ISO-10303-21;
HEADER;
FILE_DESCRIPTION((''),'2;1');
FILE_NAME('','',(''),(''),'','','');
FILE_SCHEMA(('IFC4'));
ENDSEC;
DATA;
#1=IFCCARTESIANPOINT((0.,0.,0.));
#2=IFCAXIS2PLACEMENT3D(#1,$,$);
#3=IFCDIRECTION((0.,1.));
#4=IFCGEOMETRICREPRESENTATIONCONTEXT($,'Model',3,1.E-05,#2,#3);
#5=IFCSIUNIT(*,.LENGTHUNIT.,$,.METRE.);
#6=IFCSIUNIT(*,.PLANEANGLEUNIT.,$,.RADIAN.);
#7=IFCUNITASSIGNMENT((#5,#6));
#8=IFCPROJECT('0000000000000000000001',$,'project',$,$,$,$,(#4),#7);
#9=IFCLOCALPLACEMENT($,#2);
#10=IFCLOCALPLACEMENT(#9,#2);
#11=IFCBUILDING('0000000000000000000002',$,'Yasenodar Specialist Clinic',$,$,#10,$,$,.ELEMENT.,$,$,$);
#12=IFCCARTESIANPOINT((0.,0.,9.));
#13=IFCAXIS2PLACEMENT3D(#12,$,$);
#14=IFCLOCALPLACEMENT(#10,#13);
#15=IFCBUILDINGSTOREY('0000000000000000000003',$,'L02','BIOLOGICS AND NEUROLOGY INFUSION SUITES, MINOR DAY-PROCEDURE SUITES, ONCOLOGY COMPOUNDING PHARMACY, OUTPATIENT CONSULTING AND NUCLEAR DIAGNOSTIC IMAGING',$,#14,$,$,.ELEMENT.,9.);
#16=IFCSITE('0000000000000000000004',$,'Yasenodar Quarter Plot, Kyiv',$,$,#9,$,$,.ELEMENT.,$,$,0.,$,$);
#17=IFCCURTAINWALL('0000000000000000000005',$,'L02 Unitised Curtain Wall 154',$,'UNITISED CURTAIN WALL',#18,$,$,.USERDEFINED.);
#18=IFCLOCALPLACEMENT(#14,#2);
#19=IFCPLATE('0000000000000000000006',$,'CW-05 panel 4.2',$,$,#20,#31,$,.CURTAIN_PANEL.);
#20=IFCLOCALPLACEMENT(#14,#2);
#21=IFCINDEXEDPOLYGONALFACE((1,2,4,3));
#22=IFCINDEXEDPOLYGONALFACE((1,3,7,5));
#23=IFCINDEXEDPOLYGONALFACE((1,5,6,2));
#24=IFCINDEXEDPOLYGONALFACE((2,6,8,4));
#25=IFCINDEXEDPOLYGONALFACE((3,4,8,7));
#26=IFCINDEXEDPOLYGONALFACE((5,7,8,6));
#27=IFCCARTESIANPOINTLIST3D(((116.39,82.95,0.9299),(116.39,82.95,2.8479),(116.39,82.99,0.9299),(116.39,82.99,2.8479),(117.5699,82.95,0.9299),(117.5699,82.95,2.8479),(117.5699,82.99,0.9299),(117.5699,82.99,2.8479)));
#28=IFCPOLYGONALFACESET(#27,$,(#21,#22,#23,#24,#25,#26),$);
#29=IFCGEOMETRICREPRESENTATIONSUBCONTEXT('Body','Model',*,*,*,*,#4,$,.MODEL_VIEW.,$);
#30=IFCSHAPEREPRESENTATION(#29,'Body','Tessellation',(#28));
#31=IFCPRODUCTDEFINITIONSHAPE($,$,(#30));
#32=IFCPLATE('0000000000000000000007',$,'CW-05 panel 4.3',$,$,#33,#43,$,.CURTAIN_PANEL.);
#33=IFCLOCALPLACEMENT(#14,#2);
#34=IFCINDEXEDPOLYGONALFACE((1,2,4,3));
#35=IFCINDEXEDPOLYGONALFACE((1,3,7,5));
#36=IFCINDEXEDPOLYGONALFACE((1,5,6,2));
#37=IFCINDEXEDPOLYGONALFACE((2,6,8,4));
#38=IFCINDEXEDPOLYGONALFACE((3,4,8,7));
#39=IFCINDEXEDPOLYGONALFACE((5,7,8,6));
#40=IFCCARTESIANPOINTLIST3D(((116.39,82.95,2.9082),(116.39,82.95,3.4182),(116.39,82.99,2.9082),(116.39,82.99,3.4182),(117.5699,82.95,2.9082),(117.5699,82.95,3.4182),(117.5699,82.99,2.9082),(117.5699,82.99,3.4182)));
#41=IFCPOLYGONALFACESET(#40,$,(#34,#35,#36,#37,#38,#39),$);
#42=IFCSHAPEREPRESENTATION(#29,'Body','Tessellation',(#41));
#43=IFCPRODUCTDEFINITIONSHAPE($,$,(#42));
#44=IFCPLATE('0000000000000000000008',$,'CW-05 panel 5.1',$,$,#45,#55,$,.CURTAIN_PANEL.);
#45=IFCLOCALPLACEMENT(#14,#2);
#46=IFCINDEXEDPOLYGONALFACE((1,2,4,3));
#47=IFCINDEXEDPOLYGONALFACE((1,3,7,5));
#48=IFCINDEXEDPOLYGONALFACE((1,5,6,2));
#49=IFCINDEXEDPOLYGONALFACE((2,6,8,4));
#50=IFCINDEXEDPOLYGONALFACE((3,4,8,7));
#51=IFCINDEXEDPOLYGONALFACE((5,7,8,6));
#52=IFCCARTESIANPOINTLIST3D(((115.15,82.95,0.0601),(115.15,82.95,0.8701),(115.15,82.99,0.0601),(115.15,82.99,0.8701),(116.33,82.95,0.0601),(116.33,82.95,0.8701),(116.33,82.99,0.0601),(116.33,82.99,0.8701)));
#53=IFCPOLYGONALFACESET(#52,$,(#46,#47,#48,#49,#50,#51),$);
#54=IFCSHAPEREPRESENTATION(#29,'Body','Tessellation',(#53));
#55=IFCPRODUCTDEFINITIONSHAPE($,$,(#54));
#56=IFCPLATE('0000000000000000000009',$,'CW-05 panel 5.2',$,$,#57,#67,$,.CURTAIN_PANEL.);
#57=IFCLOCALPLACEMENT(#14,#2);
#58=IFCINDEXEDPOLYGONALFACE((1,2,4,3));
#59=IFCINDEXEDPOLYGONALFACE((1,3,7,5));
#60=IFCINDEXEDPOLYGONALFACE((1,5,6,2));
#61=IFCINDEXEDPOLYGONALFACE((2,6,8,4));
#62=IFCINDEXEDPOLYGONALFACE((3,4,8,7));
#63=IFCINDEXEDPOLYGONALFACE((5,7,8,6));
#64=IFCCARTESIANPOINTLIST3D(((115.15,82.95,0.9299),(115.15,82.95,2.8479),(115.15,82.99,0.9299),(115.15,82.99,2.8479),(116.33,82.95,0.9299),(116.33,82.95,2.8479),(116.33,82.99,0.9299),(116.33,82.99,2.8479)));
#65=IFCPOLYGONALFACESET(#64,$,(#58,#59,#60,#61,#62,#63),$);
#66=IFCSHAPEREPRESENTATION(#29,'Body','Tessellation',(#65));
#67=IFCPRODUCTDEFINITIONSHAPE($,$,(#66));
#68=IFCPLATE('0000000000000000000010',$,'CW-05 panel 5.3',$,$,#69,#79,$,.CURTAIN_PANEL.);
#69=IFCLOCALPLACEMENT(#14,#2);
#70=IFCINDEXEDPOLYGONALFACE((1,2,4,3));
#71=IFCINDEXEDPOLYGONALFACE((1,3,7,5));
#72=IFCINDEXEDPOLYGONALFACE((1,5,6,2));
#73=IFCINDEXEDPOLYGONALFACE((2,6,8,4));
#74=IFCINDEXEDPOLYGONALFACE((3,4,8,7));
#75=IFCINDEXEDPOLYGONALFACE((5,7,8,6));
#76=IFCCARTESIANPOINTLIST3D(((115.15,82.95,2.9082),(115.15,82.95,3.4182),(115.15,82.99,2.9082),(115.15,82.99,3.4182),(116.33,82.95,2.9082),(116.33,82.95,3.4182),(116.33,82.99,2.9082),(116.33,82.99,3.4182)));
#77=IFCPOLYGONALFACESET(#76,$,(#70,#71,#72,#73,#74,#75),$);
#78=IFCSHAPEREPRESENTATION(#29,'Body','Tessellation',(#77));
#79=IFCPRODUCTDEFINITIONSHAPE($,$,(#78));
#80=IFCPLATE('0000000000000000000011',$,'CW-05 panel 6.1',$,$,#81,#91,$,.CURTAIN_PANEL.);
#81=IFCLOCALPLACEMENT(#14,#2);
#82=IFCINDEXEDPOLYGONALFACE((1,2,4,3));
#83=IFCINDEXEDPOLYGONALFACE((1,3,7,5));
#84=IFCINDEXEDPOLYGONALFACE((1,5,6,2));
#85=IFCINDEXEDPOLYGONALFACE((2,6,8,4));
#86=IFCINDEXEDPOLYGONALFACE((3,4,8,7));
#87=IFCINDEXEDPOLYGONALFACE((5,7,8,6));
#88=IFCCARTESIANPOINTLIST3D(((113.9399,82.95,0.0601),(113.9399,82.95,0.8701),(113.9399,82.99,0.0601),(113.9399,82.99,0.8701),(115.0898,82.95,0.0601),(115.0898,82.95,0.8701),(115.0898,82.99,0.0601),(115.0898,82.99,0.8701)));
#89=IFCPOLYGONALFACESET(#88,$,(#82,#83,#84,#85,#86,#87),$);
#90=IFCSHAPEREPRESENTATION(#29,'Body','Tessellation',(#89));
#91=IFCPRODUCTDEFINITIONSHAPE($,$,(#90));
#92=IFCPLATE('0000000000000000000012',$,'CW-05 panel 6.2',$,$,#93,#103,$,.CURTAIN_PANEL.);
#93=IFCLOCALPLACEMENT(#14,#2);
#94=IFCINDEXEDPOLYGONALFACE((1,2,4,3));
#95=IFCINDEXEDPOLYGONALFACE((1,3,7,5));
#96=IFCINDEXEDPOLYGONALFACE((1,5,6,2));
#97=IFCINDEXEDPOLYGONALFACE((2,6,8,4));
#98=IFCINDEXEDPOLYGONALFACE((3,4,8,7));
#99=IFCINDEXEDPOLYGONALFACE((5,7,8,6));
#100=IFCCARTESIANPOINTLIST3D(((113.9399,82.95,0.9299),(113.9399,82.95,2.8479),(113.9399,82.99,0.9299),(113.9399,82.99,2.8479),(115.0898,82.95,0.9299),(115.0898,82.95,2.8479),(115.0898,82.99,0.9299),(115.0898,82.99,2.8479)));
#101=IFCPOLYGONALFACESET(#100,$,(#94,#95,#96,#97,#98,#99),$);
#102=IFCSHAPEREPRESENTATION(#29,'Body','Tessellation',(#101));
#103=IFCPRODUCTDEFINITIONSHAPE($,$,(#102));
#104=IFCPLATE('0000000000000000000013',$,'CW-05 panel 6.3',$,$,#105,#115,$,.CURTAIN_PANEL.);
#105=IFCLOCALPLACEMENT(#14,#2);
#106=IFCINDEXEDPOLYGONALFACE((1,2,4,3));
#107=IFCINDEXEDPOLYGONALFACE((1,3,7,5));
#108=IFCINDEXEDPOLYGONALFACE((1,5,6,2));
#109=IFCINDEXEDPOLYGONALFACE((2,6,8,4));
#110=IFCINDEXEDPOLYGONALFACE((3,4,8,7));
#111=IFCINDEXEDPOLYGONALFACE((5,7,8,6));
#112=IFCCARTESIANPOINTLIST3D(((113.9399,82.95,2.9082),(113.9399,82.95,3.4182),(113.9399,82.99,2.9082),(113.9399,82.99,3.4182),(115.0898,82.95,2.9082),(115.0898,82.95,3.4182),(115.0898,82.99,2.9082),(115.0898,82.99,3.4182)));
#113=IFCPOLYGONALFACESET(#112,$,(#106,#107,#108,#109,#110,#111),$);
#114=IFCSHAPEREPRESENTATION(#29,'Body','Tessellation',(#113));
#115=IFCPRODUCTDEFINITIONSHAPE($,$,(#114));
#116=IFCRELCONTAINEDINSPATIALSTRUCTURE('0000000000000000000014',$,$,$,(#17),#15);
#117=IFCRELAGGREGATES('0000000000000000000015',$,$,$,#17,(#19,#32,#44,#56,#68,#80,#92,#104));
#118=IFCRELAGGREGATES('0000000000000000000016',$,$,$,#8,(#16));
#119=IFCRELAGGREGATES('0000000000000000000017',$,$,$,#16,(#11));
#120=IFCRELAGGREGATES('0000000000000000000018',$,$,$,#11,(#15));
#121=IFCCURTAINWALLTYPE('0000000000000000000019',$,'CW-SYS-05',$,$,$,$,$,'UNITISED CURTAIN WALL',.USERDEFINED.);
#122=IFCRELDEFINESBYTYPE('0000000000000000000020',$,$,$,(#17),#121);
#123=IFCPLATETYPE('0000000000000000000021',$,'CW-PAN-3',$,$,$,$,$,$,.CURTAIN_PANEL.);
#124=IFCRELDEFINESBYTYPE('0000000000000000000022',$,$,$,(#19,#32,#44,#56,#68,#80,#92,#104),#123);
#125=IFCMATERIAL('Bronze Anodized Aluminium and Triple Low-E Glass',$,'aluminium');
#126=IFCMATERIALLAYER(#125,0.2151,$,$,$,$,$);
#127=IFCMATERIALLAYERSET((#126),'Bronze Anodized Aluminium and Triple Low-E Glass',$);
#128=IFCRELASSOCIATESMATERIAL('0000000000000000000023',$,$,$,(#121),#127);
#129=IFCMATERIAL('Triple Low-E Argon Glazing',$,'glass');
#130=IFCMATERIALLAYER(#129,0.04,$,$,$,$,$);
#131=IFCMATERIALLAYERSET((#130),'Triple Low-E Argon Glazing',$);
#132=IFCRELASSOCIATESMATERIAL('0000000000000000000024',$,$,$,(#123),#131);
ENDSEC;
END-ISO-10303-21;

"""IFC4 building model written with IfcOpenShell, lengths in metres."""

from ifc_helpers import new_model, si_unit, direction, frame, origin, origin_2d, place, context, subcontext, project, spatial, rectangle, extrude, material, layer, layer_set, type_object, element, aggregate, save


model = new_model("IFC4")

# Units and contexts
model_context = context("Model", 3, precision=1e-05, world=origin(), true_north=direction((0.0, 1.0)))
body_context = subcontext(model_context, "Body", "Model", "MODEL_VIEW")
ifc_project = project(units=[si_unit("LENGTHUNIT", "METRE"), si_unit("PLANEANGLEUNIT", "RADIAN")], contexts=[model_context])

# Site, building, storey
site_placement = place(None, origin())
site = spatial("IfcSite", under=ifc_project, at=site_placement, Name="Yasenodar Quarter Plot, Kyiv", CompositionType="ELEMENT", RefElevation=0.0)
building_placement = place(site_placement, origin())
building = spatial("IfcBuilding", under=site, at=building_placement, Name="Yasenodar Specialist Clinic", CompositionType="ELEMENT")
storey_placement = place(building_placement, frame((0.0, 0.0, 9.0)))
storey = spatial("IfcBuildingStorey", under=building, at=storey_placement, Name="L02", Description="BIOLOGICS AND NEUROLOGY INFUSION SUITES, MINOR DAY-PROCEDURE SUITES, ONCOLOGY COMPOUNDING PHARMACY, OUTPATIENT CONSULTING AND NUCLEAR DIAGNOSTIC IMAGING", CompositionType="ELEMENT", Elevation=9.0)

# Curtain wall, plates
ifc_material_1 = material(Name="Bronze Anodized Aluminium and Triple Low-E Glass", Category="aluminium")
ifc_layer_1 = layer(ifc_material_1, 0.2151)
ifc_layer_set_1 = layer_set([ifc_layer_1], Name="Bronze Anodized Aluminium and Triple Low-E Glass")
curtain_wall_type = type_object("IfcCurtainWallType", Name="CW-SYS-05", ElementType="UNITISED CURTAIN WALL", PredefinedType="USERDEFINED", material=ifc_layer_set_1)
curtain_wall_placement = place(storey_placement, origin())
curtain_wall = element("IfcCurtainWall", 1, at=curtain_wall_placement, inside=storey, type_object=curtain_wall_type, Name="L02 Unitised Curtain Wall 154", ObjectType="UNITISED CURTAIN WALL", PredefinedType="USERDEFINED")
ifc_material_2 = material(Name="Triple Low-E Argon Glazing", Category="glass")
ifc_layer_2 = layer(ifc_material_2, 0.04)
ifc_layer_set_2 = layer_set([ifc_layer_2], Name="Triple Low-E Argon Glazing")
plate_type = type_object("IfcPlateType", Name="CW-PAN-3", PredefinedType="CURTAIN_PANEL", material=ifc_layer_set_2)
plate_1_placement = place(storey_placement, frame((116.98, 82.97, 0.9299), z_axis=(0.0, 0.0, 1.0), x_axis=(-1.0, 0.0, 0.0)))
plate_1 = element("IfcPlate", 2, at=plate_1_placement, type_object=plate_type, Name="CW-05 panel 4.2", PredefinedType="CURTAIN_PANEL", context=body_context, shape_type="SweptSolid", body=[
    extrude(rectangle(XDim=1.1799, YDim=0.04, at=origin_2d()), origin(), (0.0, 0.0, 1.0), 1.918),
])
plate_2_placement = place(storey_placement, frame((116.98, 82.97, 2.9082), z_axis=(0.0, 0.0, 1.0), x_axis=(-1.0, 0.0, 0.0)))
plate_2 = element("IfcPlate", 3, at=plate_2_placement, type_object=plate_type, Name="CW-05 panel 4.3", PredefinedType="CURTAIN_PANEL", context=body_context, shape_type="SweptSolid", body=[
    extrude(rectangle(XDim=1.1799, YDim=0.04, at=origin_2d()), origin(), (0.0, 0.0, 1.0), 0.51),
])
plate_3_placement = place(storey_placement, frame((115.74, 82.97, 0.0601), z_axis=(0.0, 0.0, 1.0), x_axis=(-1.0, 0.0, 0.0)))
plate_3 = element("IfcPlate", 4, at=plate_3_placement, type_object=plate_type, Name="CW-05 panel 5.1", PredefinedType="CURTAIN_PANEL", context=body_context, shape_type="SweptSolid", body=[
    extrude(rectangle(XDim=1.1799, YDim=0.04, at=origin_2d()), origin(), (0.0, 0.0, 1.0), 0.8101),
])
plate_4_placement = place(storey_placement, frame((115.74, 82.97, 0.9299), z_axis=(0.0, 0.0, 1.0), x_axis=(-1.0, 0.0, 0.0)))
plate_4 = element("IfcPlate", 5, at=plate_4_placement, type_object=plate_type, Name="CW-05 panel 5.2", PredefinedType="CURTAIN_PANEL", context=body_context, shape_type="SweptSolid", body=[
    extrude(rectangle(XDim=1.1799, YDim=0.04, at=origin_2d()), origin(), (0.0, 0.0, 1.0), 1.918),
])
plate_5_placement = place(storey_placement, frame((115.74, 82.97, 2.9082), z_axis=(0.0, 0.0, 1.0), x_axis=(-1.0, 0.0, 0.0)))
plate_5 = element("IfcPlate", 6, at=plate_5_placement, type_object=plate_type, Name="CW-05 panel 5.3", PredefinedType="CURTAIN_PANEL", context=body_context, shape_type="SweptSolid", body=[
    extrude(rectangle(XDim=1.1799, YDim=0.04, at=origin_2d()), origin(), (0.0, 0.0, 1.0), 0.51),
])
plate_6_placement = place(storey_placement, frame((114.5149, 82.97, 0.0601), z_axis=(0.0, 0.0, 1.0), x_axis=(-1.0, 0.0, 0.0)))
plate_6 = element("IfcPlate", 7, at=plate_6_placement, type_object=plate_type, Name="CW-05 panel 6.1", PredefinedType="CURTAIN_PANEL", context=body_context, shape_type="SweptSolid", body=[
    extrude(rectangle(XDim=1.1499, YDim=0.04, at=origin_2d()), origin(), (0.0, 0.0, 1.0), 0.8101),
])
plate_7_placement = place(storey_placement, frame((114.5149, 82.97, 0.9299), z_axis=(0.0, 0.0, 1.0), x_axis=(-1.0, 0.0, 0.0)))
plate_7 = element("IfcPlate", 8, at=plate_7_placement, type_object=plate_type, Name="CW-05 panel 6.2", PredefinedType="CURTAIN_PANEL", context=body_context, shape_type="SweptSolid", body=[
    extrude(rectangle(XDim=1.1499, YDim=0.04, at=origin_2d()), origin(), (0.0, 0.0, 1.0), 1.918),
])
plate_8_placement = place(storey_placement, frame((114.5149, 82.97, 2.9082), z_axis=(0.0, 0.0, 1.0), x_axis=(-1.0, 0.0, 0.0)))
plate_8 = element("IfcPlate", 9, at=plate_8_placement, type_object=plate_type, Name="CW-05 panel 6.3", PredefinedType="CURTAIN_PANEL", context=body_context, shape_type="SweptSolid", body=[
    extrude(rectangle(XDim=1.1499, YDim=0.04, at=origin_2d()), origin(), (0.0, 0.0, 1.0), 0.51),
])
aggregate(curtain_wall, [plate_1, plate_2, plate_3, plate_4, plate_5, plate_6, plate_7, plate_8])

save(model, "model.ifc")
